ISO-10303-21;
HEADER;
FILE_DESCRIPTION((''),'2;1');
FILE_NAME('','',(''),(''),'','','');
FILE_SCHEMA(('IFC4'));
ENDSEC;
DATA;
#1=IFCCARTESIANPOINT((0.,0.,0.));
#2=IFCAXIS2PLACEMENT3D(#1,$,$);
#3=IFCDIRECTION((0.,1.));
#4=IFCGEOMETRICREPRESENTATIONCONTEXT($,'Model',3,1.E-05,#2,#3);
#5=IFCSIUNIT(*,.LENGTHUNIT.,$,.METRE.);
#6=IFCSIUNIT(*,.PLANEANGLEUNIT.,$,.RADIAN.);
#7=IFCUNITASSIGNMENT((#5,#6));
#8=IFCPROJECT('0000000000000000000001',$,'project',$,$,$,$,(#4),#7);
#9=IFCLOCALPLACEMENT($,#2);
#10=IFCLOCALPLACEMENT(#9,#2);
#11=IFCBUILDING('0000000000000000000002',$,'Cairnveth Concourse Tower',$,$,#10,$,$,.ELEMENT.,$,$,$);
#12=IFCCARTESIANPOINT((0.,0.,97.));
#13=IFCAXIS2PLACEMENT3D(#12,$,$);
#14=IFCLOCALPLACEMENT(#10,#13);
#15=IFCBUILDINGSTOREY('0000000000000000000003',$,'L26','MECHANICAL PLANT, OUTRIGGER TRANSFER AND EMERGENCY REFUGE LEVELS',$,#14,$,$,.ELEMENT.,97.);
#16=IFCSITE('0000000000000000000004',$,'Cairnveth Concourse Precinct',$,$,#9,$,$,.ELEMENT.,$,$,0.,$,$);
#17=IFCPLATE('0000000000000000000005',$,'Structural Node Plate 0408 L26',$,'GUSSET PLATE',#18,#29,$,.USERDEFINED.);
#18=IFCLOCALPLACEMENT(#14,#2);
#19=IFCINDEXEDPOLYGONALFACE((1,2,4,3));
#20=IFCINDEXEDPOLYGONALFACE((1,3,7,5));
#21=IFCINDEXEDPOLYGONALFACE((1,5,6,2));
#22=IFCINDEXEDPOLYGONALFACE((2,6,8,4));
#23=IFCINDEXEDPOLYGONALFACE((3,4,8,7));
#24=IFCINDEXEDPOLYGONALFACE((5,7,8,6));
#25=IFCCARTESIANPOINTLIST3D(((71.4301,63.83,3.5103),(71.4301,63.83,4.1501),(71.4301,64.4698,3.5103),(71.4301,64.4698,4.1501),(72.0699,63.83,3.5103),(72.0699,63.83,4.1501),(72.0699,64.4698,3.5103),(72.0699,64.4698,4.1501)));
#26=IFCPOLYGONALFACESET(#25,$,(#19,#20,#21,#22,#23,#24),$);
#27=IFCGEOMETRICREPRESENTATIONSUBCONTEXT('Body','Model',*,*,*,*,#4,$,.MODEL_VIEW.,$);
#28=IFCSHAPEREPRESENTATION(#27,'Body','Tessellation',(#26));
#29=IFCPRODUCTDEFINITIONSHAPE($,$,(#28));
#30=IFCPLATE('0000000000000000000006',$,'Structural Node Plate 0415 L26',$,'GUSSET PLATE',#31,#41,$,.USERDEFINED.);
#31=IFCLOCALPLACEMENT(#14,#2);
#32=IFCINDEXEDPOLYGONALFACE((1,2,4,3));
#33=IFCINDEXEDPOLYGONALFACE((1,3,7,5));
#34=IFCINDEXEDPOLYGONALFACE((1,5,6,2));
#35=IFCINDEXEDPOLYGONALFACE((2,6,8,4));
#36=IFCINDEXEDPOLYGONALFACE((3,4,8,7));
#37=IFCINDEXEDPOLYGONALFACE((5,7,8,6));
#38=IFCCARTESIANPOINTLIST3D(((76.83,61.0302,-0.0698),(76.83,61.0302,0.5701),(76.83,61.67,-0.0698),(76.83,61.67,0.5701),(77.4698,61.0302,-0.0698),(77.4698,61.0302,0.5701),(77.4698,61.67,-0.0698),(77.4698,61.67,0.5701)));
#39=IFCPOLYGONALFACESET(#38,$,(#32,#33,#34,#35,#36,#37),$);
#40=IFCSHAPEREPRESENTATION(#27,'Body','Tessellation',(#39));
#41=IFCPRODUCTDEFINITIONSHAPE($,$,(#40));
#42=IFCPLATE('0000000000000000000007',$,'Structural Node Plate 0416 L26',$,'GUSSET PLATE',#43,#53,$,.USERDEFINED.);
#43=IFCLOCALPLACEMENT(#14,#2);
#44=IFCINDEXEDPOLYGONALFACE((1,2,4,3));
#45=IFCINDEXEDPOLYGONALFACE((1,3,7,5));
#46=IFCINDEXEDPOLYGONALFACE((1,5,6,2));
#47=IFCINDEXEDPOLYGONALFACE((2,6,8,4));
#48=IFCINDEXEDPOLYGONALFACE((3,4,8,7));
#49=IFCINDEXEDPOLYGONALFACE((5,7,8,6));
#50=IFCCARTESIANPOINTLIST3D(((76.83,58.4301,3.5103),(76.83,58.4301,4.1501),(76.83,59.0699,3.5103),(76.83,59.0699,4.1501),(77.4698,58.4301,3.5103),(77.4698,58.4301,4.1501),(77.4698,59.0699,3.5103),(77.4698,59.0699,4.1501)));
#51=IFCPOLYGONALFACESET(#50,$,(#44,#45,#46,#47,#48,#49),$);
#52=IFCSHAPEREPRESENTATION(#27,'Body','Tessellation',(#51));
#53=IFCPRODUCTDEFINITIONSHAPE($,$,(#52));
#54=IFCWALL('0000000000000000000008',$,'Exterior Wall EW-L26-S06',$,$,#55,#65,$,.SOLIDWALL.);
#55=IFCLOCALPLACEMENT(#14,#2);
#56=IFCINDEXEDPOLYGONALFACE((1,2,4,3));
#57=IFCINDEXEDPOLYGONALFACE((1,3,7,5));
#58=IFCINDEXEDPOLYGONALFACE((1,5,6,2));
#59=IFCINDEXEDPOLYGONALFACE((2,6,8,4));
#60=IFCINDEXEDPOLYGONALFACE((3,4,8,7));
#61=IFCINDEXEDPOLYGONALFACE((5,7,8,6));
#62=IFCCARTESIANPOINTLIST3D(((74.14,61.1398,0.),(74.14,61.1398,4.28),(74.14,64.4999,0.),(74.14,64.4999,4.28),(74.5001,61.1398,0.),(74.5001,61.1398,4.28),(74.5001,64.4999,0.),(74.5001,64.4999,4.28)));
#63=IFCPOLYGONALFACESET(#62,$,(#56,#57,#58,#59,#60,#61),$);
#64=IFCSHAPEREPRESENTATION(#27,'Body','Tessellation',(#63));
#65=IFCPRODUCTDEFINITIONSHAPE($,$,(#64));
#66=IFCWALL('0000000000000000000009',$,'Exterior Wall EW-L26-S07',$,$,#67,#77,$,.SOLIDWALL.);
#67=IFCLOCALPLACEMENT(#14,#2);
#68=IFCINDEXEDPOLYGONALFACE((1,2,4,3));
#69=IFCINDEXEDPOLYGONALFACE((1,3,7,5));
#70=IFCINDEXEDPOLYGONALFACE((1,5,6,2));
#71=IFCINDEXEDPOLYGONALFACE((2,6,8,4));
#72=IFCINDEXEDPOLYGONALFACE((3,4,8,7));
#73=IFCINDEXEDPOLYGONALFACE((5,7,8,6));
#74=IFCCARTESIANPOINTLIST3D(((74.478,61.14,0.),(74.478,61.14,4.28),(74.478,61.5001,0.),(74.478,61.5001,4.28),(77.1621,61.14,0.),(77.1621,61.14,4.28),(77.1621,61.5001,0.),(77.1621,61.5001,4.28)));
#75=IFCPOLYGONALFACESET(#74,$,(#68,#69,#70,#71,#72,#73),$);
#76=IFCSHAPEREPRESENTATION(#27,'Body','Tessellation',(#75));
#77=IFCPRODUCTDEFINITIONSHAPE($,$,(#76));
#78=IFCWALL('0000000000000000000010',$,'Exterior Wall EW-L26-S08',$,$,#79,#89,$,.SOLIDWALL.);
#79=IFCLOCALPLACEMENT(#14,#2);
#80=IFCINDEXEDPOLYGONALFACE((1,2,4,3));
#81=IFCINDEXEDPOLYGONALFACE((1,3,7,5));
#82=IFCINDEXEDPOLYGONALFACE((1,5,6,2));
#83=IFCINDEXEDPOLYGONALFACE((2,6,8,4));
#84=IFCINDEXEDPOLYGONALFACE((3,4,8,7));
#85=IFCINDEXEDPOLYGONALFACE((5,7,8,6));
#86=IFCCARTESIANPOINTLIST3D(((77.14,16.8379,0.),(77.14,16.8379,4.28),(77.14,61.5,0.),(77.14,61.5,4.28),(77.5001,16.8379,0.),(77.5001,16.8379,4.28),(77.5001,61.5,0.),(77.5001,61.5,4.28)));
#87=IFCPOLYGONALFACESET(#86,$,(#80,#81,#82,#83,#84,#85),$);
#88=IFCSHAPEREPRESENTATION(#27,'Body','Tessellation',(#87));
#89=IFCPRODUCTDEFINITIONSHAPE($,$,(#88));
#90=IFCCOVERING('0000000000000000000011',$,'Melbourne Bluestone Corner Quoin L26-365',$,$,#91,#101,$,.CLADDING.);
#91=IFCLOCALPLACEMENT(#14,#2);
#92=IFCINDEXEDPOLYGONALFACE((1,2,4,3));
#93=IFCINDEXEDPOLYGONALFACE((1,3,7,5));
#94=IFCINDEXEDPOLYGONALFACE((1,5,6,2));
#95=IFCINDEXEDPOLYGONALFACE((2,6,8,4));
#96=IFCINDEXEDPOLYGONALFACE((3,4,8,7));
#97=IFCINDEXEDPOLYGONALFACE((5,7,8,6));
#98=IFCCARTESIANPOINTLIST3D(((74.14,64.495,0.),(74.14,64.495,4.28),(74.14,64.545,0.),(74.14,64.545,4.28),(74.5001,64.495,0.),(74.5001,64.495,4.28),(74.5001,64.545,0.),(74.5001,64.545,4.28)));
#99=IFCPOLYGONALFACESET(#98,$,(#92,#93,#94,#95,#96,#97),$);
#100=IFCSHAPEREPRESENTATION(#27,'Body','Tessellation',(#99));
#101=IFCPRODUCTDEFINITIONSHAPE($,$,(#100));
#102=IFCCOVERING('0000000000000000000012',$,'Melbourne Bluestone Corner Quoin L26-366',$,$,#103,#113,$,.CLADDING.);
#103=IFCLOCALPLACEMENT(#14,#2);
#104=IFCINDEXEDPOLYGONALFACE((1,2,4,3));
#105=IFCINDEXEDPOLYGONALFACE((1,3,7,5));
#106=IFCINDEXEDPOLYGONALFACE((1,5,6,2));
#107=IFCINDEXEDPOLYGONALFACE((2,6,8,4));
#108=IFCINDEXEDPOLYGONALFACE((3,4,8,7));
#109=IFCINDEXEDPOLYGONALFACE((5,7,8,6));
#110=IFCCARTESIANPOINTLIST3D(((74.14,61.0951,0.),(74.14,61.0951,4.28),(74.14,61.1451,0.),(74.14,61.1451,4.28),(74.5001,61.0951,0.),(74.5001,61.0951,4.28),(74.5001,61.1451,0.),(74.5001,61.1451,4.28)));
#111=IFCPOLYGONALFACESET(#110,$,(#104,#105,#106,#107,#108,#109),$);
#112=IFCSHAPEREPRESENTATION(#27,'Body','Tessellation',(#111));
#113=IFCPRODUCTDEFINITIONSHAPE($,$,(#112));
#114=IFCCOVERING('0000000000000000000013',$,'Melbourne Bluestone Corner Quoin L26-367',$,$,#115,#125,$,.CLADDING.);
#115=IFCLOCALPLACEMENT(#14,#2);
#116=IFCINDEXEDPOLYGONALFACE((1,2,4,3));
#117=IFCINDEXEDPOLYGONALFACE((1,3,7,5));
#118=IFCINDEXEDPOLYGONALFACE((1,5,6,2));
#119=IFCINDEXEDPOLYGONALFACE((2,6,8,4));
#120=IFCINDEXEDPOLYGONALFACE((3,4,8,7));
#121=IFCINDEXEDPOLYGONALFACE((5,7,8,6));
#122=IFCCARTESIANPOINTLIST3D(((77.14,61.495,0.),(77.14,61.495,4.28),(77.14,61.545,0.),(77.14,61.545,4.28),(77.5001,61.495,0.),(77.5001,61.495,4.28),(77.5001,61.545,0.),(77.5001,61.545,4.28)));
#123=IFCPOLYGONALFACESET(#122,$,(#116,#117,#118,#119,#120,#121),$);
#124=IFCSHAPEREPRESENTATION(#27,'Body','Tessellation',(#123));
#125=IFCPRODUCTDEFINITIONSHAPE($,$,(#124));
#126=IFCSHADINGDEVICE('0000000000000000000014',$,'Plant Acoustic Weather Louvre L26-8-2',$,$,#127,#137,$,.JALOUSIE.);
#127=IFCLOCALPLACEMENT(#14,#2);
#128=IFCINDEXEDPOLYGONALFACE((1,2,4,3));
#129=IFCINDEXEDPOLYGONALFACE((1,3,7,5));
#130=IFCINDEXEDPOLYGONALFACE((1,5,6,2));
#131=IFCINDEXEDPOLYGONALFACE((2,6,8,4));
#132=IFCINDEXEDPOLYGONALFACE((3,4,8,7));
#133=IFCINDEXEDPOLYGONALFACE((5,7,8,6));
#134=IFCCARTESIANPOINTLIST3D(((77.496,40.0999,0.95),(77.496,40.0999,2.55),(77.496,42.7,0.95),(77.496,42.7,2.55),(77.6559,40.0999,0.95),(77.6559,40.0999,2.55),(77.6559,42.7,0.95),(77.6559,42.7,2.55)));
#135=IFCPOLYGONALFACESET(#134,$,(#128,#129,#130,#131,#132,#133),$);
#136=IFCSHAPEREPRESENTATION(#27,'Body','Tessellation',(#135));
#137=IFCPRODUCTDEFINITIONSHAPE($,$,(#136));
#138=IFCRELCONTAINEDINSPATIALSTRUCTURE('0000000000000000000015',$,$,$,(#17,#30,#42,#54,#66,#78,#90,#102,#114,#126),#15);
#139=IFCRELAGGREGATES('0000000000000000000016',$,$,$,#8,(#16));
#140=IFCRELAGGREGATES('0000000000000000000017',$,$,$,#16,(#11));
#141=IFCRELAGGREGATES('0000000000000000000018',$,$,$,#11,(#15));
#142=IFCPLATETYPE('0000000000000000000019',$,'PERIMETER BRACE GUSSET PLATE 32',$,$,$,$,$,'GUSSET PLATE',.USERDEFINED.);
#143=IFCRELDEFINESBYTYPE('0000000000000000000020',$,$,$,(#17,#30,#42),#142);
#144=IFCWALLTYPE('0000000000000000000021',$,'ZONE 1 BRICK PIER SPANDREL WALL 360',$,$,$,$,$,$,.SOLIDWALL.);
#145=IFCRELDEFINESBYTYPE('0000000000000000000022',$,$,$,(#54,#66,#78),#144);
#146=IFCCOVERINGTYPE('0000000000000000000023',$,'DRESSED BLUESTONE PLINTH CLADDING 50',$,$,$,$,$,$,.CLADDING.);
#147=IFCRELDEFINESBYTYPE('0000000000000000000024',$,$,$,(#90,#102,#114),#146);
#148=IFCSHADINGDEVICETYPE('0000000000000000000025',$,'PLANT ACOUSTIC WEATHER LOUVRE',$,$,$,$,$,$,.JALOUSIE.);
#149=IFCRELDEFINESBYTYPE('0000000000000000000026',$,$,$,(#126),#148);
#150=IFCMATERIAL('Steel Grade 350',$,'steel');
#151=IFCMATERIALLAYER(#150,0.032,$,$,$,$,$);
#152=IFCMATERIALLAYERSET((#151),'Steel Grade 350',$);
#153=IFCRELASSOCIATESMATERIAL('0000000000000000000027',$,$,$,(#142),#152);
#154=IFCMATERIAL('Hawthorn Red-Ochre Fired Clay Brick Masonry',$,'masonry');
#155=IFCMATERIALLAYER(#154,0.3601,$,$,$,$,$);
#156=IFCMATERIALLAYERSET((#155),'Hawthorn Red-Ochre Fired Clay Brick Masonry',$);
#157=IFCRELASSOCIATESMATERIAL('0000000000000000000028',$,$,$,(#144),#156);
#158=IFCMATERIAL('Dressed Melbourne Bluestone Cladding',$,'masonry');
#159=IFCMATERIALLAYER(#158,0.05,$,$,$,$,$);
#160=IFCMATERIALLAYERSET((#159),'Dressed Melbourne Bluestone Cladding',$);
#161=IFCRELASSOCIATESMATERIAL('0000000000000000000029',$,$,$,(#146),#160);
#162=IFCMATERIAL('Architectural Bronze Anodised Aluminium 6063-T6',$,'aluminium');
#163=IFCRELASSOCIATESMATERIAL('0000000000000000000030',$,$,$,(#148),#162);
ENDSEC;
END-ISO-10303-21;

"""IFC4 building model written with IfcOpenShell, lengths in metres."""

from ifc_helpers import new_model, si_unit, direction, frame, frame_2d, origin, origin_2d, place, context, subcontext, project, spatial, rectangle, extrude, material, layer, layer_set, type_object, element, save


model = new_model("IFC4")

# Units and contexts
model_context = context("Model", 3, precision=1e-05, world=origin(), true_north=direction((0.0, 1.0)))
body_context = subcontext(model_context, "Body", "Model", "MODEL_VIEW")
ifc_project = project(units=[si_unit("LENGTHUNIT", "METRE"), si_unit("PLANEANGLEUNIT", "RADIAN")], contexts=[model_context])

# Site, building, storey
site_placement = place(None, origin())
site = spatial("IfcSite", under=ifc_project, at=site_placement, Name="Cairnveth Concourse Precinct", CompositionType="ELEMENT", RefElevation=0.0)
building_placement = place(site_placement, origin())
building = spatial("IfcBuilding", under=site, at=building_placement, Name="Cairnveth Concourse Tower", CompositionType="ELEMENT")
storey_placement = place(building_placement, frame((0.0, 0.0, 97.0)))
storey = spatial("IfcBuildingStorey", under=building, at=storey_placement, Name="L26", Description="MECHANICAL PLANT, OUTRIGGER TRANSFER AND EMERGENCY REFUGE LEVELS", CompositionType="ELEMENT", Elevation=97.0)

# Shared definitions
ifc_material_1 = material(Name="Steel Grade 350", Category="steel")

# Plates
ifc_layer_1 = layer(ifc_material_1, 0.032)
ifc_layer_set_1 = layer_set([ifc_layer_1], Name="Steel Grade 350")
plate_type_1 = type_object("IfcPlateType", Name="PERIMETER BRACE GUSSET PLATE 32", ElementType="GUSSET PLATE", PredefinedType="USERDEFINED", material=ifc_layer_set_1)
for number, where, z_axis, x_axis, name in (
    (1, (71.75, 64.1499, 3.5103), (0.0, 0.0, 1.0), (1.0, 0.0, 0.0), "Structural Node Plate 0408 L26"),
    (2, (77.1499, 61.3501, -0.0698), (0.0, 0.0, 1.0), (1.0, 0.0, 0.0), "Structural Node Plate 0415 L26"),
    (3, (77.1499, 58.75, 3.5103), (0.0, 0.0, 1.0), (1.0, 0.0, 0.0), "Structural Node Plate 0416 L26"),
):
    element("IfcPlate", number, at=place(storey_placement, frame(where, z_axis=z_axis, x_axis=x_axis)), inside=storey, type_object=plate_type_1, Name=name, ObjectType="GUSSET PLATE", PredefinedType="USERDEFINED", context=body_context, shape_type="SweptSolid", body=[
        extrude(rectangle(XDim=0.6399, YDim=0.6399, at=origin_2d()), origin(), (0.0, 0.0, 1.0), 0.6399),
    ])

# Walls
ifc_material_2 = material(Name="Hawthorn Red-Ochre Fired Clay Brick Masonry", Category="masonry")
ifc_layer_2 = layer(ifc_material_2, 0.3601)
ifc_layer_set_2 = layer_set([ifc_layer_2], Name="Hawthorn Red-Ochre Fired Clay Brick Masonry")
wall_type = type_object("IfcWallType", Name="ZONE 1 BRICK PIER SPANDREL WALL 360", PredefinedType="SOLIDWALL", material=ifc_layer_set_2)
wall_1_placement = place(storey_placement, frame((74.3201, 64.5, 0.0), z_axis=(0.0, 0.0, 1.0), x_axis=(0.0, -1.0, 0.0)))
element("IfcWall", 4, at=wall_1_placement, inside=storey, type_object=wall_type, Name="Exterior Wall EW-L26-S06", PredefinedType="SOLIDWALL", context=body_context, shape_type="SweptSolid", body=[
    extrude(rectangle(XDim=3.3601, YDim=0.3601, at=frame_2d((1.6802, 0.0))), origin(), (0.0, 0.0, 1.0), 4.28),
])
wall_2_placement = place(storey_placement, frame((74.478, 61.3201, 0.0), z_axis=(0.0, 0.0, 1.0), x_axis=(1.0, 0.0, 0.0)))
element("IfcWall", 5, at=wall_2_placement, inside=storey, type_object=wall_type, Name="Exterior Wall EW-L26-S07", PredefinedType="SOLIDWALL", context=body_context, shape_type="SweptSolid", body=[
    extrude(rectangle(XDim=2.6841, YDim=0.3601, at=frame_2d((1.342, 0.0))), origin(), (0.0, 0.0, 1.0), 4.28),
])
wall_3_placement = place(storey_placement, frame((77.3201, 61.5, 0.0), z_axis=(0.0, 0.0, 1.0), x_axis=(0.0, -1.0, 0.0)))
element("IfcWall", 6, at=wall_3_placement, inside=storey, type_object=wall_type, Name="Exterior Wall EW-L26-S08", PredefinedType="SOLIDWALL", context=body_context, shape_type="SweptSolid", body=[
    extrude(rectangle(XDim=44.6621, YDim=0.3601, at=frame_2d((22.3311, 0.0))), origin(), (0.0, 0.0, 1.0), 4.28),
])

# Coverings
ifc_material_3 = material(Name="Dressed Melbourne Bluestone Cladding", Category="masonry")
ifc_layer_3 = layer(ifc_material_3, 0.05)
ifc_layer_set_3 = layer_set([ifc_layer_3], Name="Dressed Melbourne Bluestone Cladding")
covering_type = type_object("IfcCoveringType", Name="DRESSED BLUESTONE PLINTH CLADDING 50", PredefinedType="CLADDING", material=ifc_layer_set_3)
for number, where, z_axis, x_axis, name in (
    (7, (74.1399, 64.52, 0.0), (0.0, 0.0, 1.0), (1.0, 0.0, 0.0), "Melbourne Bluestone Corner Quoin L26-365"),
    (8, (74.1399, 61.1201, 0.0), (0.0, 0.0, 1.0), (1.0, 0.0, 0.0), "Melbourne Bluestone Corner Quoin L26-366"),
    (9, (77.1399, 61.52, 0.0), (0.0, 0.0, 1.0), (1.0, 0.0, 0.0), "Melbourne Bluestone Corner Quoin L26-367"),
):
    element("IfcCovering", number, at=place(storey_placement, frame(where, z_axis=z_axis, x_axis=x_axis)), inside=storey, type_object=covering_type, Name=name, PredefinedType="CLADDING", context=body_context, shape_type="SweptSolid", body=[
        extrude(rectangle(XDim=0.3601, YDim=0.05, at=frame_2d((0.1802, 0.0))), origin(), (0.0, 0.0, 1.0), 4.28),
    ])

# Shading device
ifc_material_4 = material(Name="Architectural Bronze Anodised Aluminium 6063-T6", Category="aluminium")
shading_device_type = type_object("IfcShadingDeviceType", Name="PLANT ACOUSTIC WEATHER LOUVRE", PredefinedType="JALOUSIE", material=ifc_material_4)
shading_device_placement = place(storey_placement, frame((77.5759, 41.3999, 0.95), z_axis=(0.0, 0.0, 1.0), x_axis=(1.0, 0.0, 0.0)))
element("IfcShadingDevice", 10, at=shading_device_placement, inside=storey, type_object=shading_device_type, Name="Plant Acoustic Weather Louvre L26-8-2", PredefinedType="JALOUSIE", context=body_context, shape_type="SweptSolid", body=[
    extrude(rectangle(XDim=0.1599, YDim=2.6001, at=origin_2d()), origin(), (0.0, 0.0, 1.0), 1.6001),
])

save(model, "model.ifc")
